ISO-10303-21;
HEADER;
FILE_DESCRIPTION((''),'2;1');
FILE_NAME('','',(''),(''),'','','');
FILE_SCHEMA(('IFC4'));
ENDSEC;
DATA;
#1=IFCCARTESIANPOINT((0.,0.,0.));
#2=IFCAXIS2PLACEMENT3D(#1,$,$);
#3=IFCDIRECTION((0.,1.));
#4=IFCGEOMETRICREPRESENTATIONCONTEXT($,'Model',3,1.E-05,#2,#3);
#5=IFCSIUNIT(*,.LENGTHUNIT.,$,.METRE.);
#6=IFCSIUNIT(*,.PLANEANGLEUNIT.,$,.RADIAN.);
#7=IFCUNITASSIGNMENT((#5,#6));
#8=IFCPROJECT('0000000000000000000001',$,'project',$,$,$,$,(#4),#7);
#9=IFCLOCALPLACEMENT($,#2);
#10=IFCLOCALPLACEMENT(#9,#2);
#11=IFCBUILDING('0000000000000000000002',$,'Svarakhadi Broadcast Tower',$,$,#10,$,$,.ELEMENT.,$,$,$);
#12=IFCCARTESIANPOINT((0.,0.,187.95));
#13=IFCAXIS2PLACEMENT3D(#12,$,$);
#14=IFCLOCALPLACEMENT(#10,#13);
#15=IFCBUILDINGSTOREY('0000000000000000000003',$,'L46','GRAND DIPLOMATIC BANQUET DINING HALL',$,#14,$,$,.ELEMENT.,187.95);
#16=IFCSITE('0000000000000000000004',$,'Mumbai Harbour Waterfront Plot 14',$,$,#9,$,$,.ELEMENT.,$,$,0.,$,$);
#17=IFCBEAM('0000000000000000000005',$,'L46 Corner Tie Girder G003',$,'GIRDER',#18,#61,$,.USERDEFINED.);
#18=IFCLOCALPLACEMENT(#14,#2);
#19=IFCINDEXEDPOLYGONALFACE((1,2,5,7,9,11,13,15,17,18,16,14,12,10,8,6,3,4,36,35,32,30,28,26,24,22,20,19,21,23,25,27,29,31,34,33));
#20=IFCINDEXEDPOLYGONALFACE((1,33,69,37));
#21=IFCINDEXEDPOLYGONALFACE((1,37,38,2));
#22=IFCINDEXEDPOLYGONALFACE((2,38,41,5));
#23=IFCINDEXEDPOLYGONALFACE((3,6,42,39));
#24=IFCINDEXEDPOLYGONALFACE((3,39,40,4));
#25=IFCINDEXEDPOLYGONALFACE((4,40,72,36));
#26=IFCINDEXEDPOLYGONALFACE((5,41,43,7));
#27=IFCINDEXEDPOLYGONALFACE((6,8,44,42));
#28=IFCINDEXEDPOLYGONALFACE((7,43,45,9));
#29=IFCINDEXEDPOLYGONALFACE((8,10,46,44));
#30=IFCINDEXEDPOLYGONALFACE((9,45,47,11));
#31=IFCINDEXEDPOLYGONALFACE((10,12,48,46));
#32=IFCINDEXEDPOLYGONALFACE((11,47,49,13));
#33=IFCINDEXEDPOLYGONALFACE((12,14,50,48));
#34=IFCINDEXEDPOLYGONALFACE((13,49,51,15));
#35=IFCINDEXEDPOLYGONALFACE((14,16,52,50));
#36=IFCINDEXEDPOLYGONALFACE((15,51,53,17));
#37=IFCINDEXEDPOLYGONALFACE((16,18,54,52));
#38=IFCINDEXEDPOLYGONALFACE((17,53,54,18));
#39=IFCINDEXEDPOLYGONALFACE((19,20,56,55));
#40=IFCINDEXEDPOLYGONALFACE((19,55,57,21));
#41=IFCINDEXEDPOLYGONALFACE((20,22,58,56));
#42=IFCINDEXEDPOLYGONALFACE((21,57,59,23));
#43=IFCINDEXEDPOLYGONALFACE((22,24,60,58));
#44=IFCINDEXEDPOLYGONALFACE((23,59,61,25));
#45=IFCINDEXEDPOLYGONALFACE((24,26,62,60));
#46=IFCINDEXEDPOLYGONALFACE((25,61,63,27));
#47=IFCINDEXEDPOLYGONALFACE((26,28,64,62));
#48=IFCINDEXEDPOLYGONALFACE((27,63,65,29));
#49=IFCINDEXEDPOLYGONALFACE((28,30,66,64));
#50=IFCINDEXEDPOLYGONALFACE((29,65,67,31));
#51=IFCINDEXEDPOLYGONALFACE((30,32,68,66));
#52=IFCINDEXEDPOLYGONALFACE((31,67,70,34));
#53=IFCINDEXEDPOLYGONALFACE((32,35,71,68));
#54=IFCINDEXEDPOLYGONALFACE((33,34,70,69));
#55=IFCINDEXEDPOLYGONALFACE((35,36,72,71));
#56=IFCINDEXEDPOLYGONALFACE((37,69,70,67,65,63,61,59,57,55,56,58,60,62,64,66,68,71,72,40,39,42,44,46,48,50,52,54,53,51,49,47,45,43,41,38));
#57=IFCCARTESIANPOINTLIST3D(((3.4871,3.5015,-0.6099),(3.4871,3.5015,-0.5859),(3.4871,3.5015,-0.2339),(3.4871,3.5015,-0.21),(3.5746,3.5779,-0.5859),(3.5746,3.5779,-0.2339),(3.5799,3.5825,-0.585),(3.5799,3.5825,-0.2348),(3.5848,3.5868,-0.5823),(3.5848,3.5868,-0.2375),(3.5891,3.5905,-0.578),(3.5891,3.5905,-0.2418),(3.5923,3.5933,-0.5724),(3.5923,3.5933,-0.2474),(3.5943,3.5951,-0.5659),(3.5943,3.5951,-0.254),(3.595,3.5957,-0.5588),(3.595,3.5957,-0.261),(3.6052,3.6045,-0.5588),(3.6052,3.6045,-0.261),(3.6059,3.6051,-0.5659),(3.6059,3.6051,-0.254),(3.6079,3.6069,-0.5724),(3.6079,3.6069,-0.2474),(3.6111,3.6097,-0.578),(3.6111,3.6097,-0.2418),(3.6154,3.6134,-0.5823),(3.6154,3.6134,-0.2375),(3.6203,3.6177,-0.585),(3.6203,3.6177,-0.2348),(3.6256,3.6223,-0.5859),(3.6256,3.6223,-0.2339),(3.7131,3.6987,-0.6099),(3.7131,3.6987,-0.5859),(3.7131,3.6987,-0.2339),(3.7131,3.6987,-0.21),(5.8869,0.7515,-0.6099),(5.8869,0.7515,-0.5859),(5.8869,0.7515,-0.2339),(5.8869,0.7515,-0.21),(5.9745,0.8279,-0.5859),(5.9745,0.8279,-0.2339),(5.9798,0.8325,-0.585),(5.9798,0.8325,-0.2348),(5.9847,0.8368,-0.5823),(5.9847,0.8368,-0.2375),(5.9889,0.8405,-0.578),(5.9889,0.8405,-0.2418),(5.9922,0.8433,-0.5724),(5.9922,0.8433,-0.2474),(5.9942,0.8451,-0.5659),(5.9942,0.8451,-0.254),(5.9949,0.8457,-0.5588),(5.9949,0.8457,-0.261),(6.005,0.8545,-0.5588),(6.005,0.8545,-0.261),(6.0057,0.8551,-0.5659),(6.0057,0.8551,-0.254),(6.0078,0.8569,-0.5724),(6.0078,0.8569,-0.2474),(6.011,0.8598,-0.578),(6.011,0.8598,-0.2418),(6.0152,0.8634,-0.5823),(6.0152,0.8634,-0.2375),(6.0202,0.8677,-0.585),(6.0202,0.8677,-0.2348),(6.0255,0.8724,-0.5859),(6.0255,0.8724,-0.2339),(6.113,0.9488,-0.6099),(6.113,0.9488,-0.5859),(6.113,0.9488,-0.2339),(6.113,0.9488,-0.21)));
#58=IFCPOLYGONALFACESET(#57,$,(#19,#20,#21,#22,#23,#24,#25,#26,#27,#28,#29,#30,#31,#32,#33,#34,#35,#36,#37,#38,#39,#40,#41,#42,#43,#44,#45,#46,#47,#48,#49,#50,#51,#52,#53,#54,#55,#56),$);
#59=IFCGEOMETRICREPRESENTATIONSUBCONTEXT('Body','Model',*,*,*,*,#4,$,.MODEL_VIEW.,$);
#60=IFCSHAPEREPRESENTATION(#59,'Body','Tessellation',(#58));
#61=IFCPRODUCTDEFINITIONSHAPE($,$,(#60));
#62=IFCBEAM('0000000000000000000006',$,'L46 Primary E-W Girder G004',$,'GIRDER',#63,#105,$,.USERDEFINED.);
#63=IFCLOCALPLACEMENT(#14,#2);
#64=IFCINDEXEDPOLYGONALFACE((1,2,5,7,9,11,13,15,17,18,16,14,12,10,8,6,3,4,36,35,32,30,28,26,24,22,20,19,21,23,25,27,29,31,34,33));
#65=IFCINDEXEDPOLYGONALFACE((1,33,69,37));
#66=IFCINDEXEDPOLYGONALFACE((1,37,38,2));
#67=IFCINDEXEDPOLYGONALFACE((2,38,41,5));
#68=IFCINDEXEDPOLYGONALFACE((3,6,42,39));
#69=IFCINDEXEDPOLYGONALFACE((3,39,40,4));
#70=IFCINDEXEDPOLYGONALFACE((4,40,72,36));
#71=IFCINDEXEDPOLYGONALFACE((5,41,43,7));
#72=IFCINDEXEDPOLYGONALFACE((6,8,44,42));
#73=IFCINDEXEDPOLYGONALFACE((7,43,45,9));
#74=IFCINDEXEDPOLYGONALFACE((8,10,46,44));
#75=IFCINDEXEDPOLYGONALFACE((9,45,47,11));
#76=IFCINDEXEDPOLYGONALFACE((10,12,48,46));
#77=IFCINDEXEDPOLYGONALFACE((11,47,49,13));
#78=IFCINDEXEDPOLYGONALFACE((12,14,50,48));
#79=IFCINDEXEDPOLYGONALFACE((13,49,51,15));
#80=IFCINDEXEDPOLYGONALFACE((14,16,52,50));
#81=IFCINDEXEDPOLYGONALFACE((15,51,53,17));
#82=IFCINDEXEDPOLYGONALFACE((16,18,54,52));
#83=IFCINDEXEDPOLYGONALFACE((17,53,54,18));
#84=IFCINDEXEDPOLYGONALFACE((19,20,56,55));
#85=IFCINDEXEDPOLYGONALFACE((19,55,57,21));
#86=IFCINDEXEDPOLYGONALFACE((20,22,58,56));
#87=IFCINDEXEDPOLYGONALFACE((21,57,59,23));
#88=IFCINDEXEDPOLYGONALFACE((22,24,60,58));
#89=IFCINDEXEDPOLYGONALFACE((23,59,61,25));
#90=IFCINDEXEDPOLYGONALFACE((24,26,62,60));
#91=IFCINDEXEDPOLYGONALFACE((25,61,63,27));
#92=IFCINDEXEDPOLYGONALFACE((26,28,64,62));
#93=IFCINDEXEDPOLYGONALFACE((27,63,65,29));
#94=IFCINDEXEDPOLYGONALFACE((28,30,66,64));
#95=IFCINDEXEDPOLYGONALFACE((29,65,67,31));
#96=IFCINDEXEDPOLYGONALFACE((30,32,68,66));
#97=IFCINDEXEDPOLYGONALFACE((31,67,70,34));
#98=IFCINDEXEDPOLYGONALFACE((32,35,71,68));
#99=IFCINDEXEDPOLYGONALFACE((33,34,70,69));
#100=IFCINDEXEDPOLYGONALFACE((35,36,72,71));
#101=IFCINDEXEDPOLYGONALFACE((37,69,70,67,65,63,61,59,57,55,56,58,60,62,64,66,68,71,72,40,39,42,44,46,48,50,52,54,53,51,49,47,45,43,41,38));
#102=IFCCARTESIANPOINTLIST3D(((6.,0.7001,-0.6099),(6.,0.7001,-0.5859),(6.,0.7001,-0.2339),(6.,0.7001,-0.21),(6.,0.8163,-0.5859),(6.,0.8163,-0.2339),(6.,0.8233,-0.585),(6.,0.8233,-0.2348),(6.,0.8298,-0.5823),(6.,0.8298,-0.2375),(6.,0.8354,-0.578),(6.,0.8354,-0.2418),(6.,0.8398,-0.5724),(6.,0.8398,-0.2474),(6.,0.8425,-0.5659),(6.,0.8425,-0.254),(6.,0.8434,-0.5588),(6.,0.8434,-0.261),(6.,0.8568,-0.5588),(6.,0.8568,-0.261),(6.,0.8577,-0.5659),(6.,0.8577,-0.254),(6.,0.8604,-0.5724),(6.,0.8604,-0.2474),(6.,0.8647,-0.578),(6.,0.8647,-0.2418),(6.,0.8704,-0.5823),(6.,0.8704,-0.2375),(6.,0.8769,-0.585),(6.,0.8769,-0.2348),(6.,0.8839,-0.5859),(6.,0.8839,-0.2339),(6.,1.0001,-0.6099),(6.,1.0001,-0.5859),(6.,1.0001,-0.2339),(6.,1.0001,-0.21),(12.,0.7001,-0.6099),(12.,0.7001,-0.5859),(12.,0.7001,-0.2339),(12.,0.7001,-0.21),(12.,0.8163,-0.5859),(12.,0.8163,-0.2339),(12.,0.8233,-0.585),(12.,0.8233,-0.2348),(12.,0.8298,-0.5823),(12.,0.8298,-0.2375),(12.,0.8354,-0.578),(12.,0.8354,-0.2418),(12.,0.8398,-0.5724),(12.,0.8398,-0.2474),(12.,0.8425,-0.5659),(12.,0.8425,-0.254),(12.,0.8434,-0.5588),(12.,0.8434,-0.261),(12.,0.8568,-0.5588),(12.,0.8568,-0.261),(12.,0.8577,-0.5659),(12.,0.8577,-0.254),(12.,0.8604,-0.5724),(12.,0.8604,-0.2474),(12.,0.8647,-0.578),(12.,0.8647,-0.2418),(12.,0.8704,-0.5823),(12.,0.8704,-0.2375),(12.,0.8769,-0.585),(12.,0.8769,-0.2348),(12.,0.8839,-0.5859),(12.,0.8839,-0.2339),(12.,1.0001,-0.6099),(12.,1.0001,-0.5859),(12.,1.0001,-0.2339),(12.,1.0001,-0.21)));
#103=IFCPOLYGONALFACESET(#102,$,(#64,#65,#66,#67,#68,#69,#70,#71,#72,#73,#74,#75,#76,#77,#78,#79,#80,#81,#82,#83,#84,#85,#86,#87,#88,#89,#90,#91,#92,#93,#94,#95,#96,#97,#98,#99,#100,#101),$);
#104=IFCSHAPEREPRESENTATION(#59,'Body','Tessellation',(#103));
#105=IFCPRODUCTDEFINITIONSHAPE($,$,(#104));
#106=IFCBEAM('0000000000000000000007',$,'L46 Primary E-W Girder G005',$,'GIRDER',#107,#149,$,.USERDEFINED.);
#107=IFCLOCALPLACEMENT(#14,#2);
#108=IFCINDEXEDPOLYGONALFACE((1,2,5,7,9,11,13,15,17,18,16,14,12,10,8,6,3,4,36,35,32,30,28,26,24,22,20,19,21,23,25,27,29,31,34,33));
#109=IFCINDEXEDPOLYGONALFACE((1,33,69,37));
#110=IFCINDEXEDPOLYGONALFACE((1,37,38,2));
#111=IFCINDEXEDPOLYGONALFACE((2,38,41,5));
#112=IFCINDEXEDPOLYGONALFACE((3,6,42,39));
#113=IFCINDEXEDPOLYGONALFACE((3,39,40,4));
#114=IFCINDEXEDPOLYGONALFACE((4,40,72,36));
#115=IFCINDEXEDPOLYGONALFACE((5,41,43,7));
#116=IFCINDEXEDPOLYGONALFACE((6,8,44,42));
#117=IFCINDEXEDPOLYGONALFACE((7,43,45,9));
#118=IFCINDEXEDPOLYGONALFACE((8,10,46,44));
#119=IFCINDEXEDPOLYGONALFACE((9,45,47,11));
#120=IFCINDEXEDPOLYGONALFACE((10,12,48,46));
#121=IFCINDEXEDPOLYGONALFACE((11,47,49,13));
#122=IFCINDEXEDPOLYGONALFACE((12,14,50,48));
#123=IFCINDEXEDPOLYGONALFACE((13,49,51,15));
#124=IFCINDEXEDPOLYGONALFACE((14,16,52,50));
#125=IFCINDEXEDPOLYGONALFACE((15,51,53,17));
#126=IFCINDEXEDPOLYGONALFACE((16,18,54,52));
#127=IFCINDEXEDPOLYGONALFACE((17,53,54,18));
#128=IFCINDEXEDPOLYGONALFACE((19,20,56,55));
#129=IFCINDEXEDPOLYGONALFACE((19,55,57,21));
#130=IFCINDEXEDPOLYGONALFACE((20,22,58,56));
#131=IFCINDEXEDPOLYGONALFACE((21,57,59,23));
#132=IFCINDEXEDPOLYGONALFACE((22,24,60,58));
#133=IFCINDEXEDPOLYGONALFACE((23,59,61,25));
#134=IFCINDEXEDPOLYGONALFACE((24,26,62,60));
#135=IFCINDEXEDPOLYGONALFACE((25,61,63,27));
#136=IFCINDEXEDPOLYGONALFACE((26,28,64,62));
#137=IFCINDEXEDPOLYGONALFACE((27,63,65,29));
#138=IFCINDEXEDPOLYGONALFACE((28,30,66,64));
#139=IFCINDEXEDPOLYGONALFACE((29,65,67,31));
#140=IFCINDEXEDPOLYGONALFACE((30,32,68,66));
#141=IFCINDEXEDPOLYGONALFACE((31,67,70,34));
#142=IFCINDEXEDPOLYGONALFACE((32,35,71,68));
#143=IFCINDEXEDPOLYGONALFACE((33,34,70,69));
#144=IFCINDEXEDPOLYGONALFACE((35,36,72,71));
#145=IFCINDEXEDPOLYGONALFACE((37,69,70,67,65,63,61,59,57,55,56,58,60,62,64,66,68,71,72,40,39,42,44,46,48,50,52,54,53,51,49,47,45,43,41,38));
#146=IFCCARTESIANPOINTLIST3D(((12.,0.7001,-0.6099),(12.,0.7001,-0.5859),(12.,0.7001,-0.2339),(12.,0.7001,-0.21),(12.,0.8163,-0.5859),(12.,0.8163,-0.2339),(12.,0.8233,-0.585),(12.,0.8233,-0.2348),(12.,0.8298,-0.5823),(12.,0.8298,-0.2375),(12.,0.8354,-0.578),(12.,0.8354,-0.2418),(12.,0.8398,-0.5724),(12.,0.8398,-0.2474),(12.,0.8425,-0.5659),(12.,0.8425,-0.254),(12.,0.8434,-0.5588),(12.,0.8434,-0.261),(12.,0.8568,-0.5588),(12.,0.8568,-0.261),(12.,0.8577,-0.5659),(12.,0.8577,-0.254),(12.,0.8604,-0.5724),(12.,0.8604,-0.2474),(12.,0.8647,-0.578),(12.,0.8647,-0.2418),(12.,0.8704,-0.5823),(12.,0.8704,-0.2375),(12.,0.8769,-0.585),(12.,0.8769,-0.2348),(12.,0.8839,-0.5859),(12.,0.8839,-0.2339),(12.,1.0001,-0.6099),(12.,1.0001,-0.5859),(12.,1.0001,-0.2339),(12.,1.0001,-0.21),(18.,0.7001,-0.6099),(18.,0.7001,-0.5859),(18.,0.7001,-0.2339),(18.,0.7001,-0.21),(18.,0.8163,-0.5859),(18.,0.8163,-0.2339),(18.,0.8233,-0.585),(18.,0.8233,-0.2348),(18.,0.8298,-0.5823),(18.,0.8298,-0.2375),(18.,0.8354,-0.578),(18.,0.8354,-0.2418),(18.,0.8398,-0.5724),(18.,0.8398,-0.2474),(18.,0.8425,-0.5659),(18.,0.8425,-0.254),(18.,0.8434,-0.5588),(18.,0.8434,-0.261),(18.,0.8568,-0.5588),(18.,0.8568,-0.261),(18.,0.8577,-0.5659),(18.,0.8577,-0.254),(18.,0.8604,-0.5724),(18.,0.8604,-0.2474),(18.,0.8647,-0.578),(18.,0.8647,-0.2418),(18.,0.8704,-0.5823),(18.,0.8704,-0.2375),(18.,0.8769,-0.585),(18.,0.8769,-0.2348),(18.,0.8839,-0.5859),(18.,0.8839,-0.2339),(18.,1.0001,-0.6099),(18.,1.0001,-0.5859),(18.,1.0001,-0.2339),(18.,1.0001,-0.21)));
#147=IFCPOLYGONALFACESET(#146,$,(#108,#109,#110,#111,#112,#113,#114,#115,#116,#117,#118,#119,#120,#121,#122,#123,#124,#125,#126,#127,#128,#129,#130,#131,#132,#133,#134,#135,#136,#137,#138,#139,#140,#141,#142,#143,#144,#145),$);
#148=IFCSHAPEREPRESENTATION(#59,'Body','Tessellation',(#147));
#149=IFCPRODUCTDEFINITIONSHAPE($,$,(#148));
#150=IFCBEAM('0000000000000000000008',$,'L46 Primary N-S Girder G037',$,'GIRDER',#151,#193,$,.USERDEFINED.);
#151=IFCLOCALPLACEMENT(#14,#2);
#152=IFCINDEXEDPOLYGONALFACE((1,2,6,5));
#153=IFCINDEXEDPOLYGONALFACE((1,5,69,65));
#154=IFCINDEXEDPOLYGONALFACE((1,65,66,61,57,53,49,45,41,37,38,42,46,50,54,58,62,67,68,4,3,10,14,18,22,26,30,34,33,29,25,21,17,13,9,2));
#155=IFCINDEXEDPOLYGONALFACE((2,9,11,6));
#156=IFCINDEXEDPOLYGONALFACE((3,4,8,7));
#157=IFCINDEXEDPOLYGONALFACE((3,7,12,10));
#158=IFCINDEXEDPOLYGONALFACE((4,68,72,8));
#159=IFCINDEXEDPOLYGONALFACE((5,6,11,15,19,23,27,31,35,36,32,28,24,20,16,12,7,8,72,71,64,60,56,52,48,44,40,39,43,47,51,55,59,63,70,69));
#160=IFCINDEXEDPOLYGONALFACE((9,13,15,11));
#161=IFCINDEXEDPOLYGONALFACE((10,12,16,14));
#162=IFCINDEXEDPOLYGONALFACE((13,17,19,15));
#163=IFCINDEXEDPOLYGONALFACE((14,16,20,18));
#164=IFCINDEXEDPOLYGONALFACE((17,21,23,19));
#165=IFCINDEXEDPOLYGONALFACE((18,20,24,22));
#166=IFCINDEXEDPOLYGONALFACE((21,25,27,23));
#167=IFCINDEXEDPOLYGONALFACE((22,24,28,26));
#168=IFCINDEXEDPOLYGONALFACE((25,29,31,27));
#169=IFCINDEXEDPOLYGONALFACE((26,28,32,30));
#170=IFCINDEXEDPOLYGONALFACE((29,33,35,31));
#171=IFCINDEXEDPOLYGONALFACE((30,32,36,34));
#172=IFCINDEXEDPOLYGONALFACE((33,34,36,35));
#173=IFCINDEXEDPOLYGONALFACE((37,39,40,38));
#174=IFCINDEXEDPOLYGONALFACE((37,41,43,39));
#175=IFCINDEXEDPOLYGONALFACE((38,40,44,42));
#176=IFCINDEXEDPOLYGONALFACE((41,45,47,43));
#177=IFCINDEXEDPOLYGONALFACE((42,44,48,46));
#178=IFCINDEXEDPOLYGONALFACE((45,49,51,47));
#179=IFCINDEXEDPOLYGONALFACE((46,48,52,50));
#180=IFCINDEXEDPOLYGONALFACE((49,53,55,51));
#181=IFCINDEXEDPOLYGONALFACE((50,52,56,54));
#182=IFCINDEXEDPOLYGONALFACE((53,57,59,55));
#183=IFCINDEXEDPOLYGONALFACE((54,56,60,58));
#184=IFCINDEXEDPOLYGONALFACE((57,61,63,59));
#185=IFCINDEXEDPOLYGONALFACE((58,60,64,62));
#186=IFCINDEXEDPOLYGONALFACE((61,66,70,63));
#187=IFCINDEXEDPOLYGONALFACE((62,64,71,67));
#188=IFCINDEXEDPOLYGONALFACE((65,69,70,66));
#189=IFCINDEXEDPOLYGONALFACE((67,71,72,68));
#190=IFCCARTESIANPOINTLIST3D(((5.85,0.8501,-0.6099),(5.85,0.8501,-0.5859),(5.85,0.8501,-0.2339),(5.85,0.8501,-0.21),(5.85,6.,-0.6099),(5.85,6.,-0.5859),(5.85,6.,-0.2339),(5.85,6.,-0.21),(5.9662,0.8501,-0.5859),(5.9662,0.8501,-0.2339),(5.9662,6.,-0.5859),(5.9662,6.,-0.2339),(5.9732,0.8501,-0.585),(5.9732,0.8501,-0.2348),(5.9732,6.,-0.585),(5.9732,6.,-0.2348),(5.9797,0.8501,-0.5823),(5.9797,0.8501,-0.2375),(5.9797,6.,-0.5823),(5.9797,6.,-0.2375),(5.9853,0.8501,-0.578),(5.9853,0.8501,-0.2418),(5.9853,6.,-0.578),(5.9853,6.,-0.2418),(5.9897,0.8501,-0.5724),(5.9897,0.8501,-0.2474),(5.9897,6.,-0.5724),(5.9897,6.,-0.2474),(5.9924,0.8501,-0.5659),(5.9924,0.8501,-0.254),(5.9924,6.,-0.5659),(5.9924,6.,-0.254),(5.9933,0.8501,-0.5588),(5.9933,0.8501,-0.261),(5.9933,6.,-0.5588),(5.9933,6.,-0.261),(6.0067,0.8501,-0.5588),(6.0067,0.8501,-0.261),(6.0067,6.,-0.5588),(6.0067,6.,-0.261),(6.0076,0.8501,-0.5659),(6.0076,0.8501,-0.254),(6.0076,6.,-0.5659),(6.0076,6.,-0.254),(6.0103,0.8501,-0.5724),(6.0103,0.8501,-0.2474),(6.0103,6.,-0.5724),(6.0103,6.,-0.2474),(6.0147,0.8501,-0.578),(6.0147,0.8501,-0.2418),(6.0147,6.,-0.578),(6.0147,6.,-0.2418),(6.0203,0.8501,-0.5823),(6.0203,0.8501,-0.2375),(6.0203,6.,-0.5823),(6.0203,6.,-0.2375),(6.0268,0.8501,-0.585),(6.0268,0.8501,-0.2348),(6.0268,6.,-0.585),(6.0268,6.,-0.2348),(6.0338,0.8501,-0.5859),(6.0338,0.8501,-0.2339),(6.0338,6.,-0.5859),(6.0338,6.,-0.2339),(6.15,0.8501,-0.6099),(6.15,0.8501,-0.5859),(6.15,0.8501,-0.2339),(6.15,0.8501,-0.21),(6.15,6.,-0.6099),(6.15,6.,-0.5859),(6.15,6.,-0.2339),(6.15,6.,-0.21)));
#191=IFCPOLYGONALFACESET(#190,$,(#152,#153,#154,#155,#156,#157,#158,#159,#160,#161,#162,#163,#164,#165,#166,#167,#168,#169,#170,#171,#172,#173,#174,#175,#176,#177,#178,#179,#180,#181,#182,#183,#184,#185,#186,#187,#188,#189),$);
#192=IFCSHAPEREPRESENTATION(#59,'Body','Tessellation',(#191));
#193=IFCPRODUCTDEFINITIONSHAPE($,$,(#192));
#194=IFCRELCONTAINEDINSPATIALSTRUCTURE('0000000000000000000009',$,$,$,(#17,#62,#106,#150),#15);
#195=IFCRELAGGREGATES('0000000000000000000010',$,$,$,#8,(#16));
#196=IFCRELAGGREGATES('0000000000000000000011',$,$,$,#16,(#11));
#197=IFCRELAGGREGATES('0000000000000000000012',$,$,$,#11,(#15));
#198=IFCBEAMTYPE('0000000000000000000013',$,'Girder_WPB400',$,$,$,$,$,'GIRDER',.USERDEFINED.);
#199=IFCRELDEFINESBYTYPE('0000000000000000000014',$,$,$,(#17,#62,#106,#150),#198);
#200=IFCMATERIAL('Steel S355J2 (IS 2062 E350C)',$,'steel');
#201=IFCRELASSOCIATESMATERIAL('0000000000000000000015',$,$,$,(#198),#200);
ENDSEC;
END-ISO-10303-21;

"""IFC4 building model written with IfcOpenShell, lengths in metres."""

from ifc_helpers import new_model, si_unit, direction, frame, origin, origin_2d, place, context, subcontext, project, spatial, i_section, extrude, material, material_profile, profile_set, type_object, element, save


model = new_model("IFC4")

# Units and contexts
model_context = context("Model", 3, precision=1e-05, world=origin(), true_north=direction((0.0, 1.0)))
body_context = subcontext(model_context, "Body", "Model", "MODEL_VIEW")
ifc_project = project(units=[si_unit("LENGTHUNIT", "METRE"), si_unit("PLANEANGLEUNIT", "RADIAN")], contexts=[model_context])

# Site, building, storey
site_placement = place(None, origin())
site = spatial("IfcSite", under=ifc_project, at=site_placement, Name="Mumbai Harbour Waterfront Plot 14", CompositionType="ELEMENT", RefElevation=0.0)
building_placement = place(site_placement, origin())
building = spatial("IfcBuilding", under=site, at=building_placement, Name="Svarakhadi Broadcast Tower", CompositionType="ELEMENT")
storey_placement = place(building_placement, frame((0.0, 0.0, 187.95)))
storey = spatial("IfcBuildingStorey", under=building, at=storey_placement, Name="L46", Description="GRAND DIPLOMATIC BANQUET DINING HALL", CompositionType="ELEMENT", Elevation=187.95)

# Shared definitions
ifc_material_1 = material(Name="Steel S355J2 (IS 2062 E350C)", Category="steel")

# Beams
ifc_material_profile_1 = material_profile(ifc_material_1, i_section(OverallWidth=0.3, OverallDepth=0.3999, WebThickness=0.0134, FlangeThickness=0.0239, FilletRadius=0.0271, at=origin_2d()), Name="WPB 400x300x155")
ifc_profile_set_1 = profile_set([ifc_material_profile_1], Name="Steel S355J2 (IS 2062 E350C)")
beam_type_1 = type_object("IfcBeamType", Name="Girder_WPB400", ElementType="GIRDER", PredefinedType="USERDEFINED", material=ifc_profile_set_1)
beam_1_placement = place(storey_placement, frame((3.6001, 3.6001, -0.4099), z_axis=(0.657519, -0.753438, 0.0), x_axis=(0.753438, 0.657519, 0.0)))
element("IfcBeam", 1, at=beam_1_placement, inside=storey, type_object=beam_type_1, Name="L46 Corner Tie Girder G003", ObjectType="GIRDER", PredefinedType="USERDEFINED", context=body_context, shape_type="SweptSolid", body=[
    extrude(i_section(OverallWidth=0.3, OverallDepth=0.3999, WebThickness=0.0134, FlangeThickness=0.0239, FilletRadius=0.0271, at=origin_2d()), origin(), (0.0, 0.0, 1.0), 3.6499),
])
for number, where, z_axis, x_axis, name in (
    (2, (6.0, 0.8501, -0.4099), (1.0, 0.0, 0.0), (0.0, 1.0, 0.0), "L46 Primary E-W Girder G004"),
    (3, (12.0, 0.8501, -0.4099), (1.0, 0.0, 0.0), (0.0, 1.0, 0.0), "L46 Primary E-W Girder G005"),
):
    element("IfcBeam", number, at=place(storey_placement, frame(where, z_axis=z_axis, x_axis=x_axis)), inside=storey, type_object=beam_type_1, Name=name, ObjectType="GIRDER", PredefinedType="USERDEFINED", context=body_context, shape_type="SweptSolid", body=[
        extrude(i_section(OverallWidth=0.3, OverallDepth=0.3999, WebThickness=0.0134, FlangeThickness=0.0239, FilletRadius=0.0271, at=origin_2d()), origin(), (0.0, 0.0, 1.0), 6.0),
    ])
for number, where, z_axis, x_axis, name in (
    (4, (6.0, 0.8501, -0.4099), (0.0, 1.0, 0.0), (-1.0, 0.0, 0.0), "L46 Primary N-S Girder G037"),
):
    element("IfcBeam", number, at=place(storey_placement, frame(where, z_axis=z_axis, x_axis=x_axis)), inside=storey, type_object=beam_type_1, Name=name, ObjectType="GIRDER", PredefinedType="USERDEFINED", context=body_context, shape_type="SweptSolid", body=[
        extrude(i_section(OverallWidth=0.3, OverallDepth=0.3999, WebThickness=0.0134, FlangeThickness=0.0239, FilletRadius=0.0271, at=origin_2d()), origin(), (0.0, 0.0, 1.0), 5.1499),
    ])

save(model, "model.ifc")
